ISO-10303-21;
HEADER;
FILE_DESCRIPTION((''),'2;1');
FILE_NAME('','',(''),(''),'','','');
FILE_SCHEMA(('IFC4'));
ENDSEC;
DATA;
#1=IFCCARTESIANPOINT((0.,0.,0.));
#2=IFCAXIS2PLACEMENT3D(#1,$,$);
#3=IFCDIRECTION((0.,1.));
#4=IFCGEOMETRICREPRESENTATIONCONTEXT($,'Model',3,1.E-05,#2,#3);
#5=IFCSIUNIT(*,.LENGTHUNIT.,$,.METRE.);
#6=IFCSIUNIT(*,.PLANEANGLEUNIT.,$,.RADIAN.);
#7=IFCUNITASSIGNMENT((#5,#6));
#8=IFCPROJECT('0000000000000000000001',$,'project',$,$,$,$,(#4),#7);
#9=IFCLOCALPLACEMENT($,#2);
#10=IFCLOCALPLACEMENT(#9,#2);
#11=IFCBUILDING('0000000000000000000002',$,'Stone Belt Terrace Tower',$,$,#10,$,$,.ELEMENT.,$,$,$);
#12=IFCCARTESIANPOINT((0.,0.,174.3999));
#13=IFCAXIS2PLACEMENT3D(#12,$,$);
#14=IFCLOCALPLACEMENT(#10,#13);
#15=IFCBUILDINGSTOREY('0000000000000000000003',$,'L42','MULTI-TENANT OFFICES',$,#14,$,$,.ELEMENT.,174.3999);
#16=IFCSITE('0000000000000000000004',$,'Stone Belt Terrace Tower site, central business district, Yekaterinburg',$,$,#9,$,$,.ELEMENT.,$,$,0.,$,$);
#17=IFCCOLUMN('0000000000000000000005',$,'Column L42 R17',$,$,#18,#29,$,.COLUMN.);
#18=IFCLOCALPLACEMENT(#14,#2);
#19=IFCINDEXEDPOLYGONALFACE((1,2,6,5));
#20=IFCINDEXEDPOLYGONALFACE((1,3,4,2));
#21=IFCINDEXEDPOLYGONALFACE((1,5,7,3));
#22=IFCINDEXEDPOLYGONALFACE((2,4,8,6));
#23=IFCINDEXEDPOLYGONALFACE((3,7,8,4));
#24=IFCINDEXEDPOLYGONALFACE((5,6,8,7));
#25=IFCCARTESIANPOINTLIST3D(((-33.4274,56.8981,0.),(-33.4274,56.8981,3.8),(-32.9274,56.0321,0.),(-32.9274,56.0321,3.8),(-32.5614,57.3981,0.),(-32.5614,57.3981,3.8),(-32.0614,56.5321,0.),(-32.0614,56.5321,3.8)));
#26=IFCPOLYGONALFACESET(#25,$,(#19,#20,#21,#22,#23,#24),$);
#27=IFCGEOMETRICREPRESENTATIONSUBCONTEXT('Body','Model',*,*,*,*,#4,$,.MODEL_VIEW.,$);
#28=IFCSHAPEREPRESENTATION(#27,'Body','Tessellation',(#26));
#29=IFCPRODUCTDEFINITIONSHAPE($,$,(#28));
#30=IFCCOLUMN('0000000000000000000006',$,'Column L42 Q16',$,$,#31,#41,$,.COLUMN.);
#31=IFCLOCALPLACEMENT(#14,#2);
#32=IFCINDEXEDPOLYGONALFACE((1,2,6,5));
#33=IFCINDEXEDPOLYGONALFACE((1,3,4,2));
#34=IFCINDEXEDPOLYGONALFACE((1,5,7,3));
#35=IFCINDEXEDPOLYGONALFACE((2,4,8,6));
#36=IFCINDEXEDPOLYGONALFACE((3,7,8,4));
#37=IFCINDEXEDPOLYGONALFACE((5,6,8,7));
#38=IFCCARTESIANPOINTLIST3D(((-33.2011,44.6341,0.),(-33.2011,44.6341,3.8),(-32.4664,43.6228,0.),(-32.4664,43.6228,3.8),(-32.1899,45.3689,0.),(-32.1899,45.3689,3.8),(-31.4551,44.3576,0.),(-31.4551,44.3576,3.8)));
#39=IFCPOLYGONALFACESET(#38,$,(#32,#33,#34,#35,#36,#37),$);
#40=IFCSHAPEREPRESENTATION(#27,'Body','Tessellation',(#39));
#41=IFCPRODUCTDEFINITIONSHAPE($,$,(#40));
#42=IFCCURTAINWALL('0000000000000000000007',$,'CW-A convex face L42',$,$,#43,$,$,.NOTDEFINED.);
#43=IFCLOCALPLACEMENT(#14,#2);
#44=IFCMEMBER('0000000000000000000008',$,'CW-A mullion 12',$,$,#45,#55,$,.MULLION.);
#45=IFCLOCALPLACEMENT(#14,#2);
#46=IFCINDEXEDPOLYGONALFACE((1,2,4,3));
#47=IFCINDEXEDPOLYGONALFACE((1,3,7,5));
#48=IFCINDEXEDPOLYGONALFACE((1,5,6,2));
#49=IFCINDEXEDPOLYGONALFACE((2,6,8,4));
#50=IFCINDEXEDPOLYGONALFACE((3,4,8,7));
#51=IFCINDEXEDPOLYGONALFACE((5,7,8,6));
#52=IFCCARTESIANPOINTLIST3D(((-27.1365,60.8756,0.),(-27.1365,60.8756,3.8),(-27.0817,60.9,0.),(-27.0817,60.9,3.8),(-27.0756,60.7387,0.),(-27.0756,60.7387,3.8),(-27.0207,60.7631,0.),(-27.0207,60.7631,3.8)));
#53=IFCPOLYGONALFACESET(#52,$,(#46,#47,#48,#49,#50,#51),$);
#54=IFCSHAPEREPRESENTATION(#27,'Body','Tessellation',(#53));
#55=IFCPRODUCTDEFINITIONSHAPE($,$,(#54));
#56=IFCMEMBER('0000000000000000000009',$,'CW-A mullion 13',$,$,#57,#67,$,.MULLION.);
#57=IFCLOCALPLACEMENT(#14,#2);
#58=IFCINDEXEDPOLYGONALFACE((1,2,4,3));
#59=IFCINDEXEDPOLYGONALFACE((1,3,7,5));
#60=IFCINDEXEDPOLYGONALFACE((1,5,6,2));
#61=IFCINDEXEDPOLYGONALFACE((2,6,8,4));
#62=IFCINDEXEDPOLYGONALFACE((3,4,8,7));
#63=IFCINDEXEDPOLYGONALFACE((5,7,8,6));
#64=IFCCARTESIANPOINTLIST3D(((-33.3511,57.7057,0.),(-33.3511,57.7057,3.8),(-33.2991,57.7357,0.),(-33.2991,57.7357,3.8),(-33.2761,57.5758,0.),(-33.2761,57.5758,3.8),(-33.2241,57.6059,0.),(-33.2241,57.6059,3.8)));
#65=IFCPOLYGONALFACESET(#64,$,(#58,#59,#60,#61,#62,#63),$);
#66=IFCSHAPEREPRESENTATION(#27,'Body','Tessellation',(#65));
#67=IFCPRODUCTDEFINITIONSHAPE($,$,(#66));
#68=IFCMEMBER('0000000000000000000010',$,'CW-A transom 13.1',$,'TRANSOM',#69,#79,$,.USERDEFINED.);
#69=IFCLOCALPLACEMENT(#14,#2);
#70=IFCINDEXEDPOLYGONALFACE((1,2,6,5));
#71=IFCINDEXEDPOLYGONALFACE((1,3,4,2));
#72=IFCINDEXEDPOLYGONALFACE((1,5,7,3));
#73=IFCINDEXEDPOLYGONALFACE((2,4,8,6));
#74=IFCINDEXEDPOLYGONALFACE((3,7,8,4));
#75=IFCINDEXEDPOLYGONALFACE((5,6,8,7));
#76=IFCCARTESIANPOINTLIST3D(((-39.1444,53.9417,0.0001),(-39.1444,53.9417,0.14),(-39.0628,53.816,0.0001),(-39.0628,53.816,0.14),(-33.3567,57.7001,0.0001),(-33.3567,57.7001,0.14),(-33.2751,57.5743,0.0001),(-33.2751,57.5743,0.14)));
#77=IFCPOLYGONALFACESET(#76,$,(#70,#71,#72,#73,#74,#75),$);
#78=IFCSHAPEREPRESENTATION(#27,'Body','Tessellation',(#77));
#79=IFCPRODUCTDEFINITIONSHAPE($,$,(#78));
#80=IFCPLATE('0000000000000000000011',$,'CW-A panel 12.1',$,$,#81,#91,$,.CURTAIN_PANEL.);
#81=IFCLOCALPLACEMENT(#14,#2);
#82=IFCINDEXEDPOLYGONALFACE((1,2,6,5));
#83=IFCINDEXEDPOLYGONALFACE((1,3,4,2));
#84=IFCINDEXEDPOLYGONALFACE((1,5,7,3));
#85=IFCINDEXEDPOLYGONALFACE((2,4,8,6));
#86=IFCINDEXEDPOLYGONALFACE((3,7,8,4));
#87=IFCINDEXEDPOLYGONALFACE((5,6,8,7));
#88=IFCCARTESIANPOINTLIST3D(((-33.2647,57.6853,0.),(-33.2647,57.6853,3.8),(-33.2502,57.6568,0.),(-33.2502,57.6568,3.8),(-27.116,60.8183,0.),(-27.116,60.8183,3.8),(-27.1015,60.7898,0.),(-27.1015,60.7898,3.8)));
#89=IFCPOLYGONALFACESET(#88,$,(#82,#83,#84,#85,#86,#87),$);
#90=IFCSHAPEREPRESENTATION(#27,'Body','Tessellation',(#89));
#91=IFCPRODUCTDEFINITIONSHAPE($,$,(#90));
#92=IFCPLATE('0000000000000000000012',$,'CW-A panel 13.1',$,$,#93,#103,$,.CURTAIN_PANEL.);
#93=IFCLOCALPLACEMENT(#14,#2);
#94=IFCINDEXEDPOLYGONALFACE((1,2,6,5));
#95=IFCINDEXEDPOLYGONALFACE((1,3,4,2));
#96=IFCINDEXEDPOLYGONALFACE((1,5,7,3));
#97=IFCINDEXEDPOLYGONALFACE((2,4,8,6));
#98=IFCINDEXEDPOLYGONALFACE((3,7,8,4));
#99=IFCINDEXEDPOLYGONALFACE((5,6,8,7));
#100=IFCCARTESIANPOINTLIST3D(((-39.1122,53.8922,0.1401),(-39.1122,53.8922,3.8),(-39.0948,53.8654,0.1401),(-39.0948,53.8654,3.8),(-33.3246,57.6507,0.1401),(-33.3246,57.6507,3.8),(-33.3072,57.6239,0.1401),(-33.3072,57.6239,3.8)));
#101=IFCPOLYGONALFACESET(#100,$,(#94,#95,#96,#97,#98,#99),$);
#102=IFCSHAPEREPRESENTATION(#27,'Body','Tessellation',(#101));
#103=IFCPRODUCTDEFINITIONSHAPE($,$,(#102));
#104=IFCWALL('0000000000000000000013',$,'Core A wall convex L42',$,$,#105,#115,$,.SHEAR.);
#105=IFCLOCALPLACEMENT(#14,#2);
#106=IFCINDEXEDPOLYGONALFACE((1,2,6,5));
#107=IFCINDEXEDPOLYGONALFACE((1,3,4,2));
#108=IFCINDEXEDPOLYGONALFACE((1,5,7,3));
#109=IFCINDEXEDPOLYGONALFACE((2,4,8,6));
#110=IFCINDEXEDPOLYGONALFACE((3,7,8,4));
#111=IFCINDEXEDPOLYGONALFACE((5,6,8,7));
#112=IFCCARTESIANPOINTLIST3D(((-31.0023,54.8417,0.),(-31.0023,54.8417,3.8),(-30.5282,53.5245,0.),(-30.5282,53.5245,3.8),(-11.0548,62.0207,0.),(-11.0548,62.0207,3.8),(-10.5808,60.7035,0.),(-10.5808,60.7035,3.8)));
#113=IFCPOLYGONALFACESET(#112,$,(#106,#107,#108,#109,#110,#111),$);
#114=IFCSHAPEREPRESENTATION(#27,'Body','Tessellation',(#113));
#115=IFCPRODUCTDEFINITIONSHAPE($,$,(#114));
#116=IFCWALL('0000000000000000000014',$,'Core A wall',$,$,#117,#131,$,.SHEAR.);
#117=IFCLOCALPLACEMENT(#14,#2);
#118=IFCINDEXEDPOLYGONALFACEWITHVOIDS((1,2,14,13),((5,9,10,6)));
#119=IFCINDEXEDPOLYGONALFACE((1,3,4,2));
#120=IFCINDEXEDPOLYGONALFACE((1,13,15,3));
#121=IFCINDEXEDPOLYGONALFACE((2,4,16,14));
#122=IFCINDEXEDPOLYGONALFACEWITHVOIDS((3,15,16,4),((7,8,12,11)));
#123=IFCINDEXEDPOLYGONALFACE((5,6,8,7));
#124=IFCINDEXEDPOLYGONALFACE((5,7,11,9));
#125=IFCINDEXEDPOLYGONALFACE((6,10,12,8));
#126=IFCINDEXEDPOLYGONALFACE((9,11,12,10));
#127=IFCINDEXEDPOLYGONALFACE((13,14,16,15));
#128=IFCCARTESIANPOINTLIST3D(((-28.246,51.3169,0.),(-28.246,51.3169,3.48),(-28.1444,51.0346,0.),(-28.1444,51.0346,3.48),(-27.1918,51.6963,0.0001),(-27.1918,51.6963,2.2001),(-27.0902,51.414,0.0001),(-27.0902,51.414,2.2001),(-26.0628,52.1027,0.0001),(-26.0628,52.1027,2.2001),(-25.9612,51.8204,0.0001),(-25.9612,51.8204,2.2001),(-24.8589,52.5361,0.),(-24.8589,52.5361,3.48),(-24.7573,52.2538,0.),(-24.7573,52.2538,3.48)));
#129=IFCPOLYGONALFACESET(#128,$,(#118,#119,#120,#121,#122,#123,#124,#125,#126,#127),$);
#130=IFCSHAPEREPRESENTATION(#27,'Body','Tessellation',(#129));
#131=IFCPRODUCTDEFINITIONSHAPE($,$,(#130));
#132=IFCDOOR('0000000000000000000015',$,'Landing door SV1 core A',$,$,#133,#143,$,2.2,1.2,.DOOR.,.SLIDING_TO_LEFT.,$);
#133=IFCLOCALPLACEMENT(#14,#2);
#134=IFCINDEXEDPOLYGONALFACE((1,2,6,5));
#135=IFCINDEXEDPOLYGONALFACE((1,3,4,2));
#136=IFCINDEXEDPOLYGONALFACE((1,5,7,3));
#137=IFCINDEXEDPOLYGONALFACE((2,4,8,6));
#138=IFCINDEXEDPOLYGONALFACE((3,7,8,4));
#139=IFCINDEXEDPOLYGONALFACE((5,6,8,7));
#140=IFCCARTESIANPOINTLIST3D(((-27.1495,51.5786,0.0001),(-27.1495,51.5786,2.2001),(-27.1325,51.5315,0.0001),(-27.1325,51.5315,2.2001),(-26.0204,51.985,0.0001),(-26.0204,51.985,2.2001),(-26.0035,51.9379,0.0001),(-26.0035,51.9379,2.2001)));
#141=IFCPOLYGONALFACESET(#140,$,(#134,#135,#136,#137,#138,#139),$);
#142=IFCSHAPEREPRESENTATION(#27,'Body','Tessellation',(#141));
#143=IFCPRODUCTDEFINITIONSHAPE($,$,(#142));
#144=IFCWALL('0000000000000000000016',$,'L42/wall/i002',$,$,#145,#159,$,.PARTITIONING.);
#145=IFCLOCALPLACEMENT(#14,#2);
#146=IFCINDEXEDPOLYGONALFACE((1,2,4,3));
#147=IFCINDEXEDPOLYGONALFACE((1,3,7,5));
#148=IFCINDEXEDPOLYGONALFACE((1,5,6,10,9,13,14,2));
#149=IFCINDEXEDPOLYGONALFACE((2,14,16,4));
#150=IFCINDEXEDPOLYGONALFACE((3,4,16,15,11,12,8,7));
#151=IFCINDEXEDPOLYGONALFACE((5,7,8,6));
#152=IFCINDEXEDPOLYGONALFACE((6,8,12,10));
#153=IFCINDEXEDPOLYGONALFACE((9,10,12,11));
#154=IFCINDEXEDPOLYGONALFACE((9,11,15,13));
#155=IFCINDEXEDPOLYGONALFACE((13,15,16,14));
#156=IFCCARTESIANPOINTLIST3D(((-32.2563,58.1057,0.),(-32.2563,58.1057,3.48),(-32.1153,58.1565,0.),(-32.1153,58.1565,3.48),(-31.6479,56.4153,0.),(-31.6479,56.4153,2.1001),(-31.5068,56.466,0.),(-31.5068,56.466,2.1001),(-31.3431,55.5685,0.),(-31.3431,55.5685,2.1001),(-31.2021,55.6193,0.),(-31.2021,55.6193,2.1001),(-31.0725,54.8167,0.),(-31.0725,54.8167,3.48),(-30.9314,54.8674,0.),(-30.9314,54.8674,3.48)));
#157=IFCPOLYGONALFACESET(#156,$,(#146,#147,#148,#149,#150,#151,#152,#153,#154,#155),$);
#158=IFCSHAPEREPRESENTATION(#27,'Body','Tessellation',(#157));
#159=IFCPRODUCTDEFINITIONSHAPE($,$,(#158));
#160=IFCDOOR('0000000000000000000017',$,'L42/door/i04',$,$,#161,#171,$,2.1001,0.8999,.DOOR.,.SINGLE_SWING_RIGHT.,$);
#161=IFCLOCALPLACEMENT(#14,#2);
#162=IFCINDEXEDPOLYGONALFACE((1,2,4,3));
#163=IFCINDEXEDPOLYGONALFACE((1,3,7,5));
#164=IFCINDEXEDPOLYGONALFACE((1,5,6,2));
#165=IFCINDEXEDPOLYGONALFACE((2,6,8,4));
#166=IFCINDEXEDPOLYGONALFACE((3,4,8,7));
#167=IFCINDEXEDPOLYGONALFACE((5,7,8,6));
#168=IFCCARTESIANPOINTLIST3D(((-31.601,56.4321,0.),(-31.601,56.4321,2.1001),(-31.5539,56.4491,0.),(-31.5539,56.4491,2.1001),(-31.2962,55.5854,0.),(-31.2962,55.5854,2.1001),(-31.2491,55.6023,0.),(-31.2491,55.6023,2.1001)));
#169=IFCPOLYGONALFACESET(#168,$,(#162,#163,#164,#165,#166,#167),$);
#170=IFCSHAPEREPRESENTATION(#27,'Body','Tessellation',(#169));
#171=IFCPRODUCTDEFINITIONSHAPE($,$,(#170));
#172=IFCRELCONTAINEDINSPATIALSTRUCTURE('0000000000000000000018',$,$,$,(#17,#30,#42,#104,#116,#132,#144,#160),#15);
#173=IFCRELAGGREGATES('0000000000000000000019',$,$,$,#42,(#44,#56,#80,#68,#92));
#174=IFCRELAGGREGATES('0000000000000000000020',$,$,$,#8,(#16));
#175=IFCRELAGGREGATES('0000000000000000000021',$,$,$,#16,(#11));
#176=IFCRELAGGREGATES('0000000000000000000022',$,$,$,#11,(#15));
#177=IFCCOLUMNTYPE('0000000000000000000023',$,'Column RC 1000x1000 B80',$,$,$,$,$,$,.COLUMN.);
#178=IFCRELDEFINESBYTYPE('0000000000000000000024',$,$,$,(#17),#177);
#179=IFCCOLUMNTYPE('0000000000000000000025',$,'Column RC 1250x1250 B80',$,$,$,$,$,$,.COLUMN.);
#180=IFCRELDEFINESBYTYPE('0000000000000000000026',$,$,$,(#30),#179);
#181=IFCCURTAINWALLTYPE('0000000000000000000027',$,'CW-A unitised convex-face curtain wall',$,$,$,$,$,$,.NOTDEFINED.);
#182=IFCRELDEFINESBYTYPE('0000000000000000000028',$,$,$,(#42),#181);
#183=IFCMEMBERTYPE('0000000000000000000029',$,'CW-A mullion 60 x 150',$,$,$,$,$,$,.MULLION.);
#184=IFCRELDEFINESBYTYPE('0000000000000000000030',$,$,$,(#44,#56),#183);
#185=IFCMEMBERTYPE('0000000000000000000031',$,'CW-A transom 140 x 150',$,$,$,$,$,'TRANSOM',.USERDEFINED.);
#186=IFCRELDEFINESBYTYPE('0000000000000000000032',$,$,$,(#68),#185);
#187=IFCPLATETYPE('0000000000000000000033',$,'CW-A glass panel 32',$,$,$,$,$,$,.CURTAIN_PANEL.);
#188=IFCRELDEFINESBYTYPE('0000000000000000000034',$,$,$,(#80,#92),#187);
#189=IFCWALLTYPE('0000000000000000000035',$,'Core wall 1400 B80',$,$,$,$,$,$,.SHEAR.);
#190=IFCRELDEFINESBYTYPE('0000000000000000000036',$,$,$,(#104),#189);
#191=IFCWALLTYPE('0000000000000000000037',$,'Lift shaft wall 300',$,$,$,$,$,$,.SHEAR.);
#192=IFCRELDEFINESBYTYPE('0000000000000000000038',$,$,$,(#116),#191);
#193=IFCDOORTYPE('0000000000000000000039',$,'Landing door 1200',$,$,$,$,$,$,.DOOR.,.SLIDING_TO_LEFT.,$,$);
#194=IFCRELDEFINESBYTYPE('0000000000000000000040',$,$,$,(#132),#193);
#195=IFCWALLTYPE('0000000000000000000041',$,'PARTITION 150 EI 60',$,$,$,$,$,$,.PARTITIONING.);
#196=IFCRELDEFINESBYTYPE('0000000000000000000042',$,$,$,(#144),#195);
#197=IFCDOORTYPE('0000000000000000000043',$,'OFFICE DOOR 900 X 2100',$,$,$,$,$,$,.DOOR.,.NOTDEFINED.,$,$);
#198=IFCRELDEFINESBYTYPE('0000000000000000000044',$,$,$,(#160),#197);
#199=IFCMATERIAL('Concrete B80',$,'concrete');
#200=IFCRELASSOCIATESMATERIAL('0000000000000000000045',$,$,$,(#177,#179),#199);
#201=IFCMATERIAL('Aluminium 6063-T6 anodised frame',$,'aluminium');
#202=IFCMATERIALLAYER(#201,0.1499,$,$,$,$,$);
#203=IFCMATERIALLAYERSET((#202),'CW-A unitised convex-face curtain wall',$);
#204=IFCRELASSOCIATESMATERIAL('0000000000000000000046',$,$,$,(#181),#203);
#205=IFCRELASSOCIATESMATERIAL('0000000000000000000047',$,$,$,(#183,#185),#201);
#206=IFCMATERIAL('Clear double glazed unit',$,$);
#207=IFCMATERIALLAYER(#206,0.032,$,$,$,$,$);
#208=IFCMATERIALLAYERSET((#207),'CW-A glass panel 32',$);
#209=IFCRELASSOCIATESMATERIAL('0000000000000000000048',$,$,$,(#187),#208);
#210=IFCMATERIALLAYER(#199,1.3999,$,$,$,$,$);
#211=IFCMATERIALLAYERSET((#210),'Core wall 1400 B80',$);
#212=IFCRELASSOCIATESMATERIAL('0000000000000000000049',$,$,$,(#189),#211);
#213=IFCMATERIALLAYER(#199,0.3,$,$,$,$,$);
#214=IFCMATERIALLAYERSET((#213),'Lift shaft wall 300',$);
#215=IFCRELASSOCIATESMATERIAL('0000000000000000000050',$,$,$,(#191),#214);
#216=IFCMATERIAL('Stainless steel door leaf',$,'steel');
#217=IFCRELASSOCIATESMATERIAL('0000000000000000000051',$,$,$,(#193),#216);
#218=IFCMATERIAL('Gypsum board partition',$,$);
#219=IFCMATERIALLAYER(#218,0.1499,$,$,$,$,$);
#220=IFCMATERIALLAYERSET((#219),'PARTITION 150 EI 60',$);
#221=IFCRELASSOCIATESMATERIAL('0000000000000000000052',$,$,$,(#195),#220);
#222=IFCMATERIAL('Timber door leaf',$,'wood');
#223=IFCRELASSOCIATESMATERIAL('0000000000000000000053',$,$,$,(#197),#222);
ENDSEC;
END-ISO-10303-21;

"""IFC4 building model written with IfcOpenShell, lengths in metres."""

from ifc_helpers import new_model, si_unit, direction, frame, frame_2d, origin, origin_2d, place, context, subcontext, project, spatial, rectangle, extrude, material, layer, layer_set, material_profile, profile_set, type_object, element, fill, aggregate, save


model = new_model("IFC4")

# Units and contexts
model_context = context("Model", 3, precision=1e-05, world=origin(), true_north=direction((0.0, 1.0)))
body_context = subcontext(model_context, "Body", "Model", "MODEL_VIEW")
ifc_project = project(units=[si_unit("LENGTHUNIT", "METRE"), si_unit("PLANEANGLEUNIT", "RADIAN")], contexts=[model_context])

# Site, building, storey
site_placement = place(None, origin())
site = spatial("IfcSite", under=ifc_project, at=site_placement, Name="Stone Belt Terrace Tower site, central business district, Yekaterinburg", CompositionType="ELEMENT", RefElevation=0.0)
building_placement = place(site_placement, origin())
building = spatial("IfcBuilding", under=site, at=building_placement, Name="Stone Belt Terrace Tower", CompositionType="ELEMENT")
storey_placement = place(building_placement, frame((0.0, 0.0, 174.3999)))
storey = spatial("IfcBuildingStorey", under=building, at=storey_placement, Name="L42", Description="MULTI-TENANT OFFICES", CompositionType="ELEMENT", Elevation=174.3999)

# Columns
ifc_material_1 = material(Name="Concrete B80", Category="concrete")
ifc_material_profile_1 = material_profile(ifc_material_1, rectangle(XDim=1.0, YDim=1.0, at=origin_2d()), Name="RC 1000x1000")
ifc_profile_set_1 = profile_set([ifc_material_profile_1], Name="Concrete B80")
column_type_1 = type_object("IfcColumnType", Name="Column RC 1000x1000 B80", PredefinedType="COLUMN", material=ifc_profile_set_1)
column_1_placement = place(storey_placement, frame((-32.7444, 56.7151, 0.0), z_axis=(0.0, 0.0, 1.0), x_axis=(0.866025, 0.5, 0.0)))
element("IfcColumn", 1, at=column_1_placement, inside=storey, type_object=column_type_1, Name="Column L42 R17", PredefinedType="COLUMN", context=body_context, shape_type="SweptSolid", body=[
    extrude(rectangle(XDim=1.0, YDim=1.0, at=origin_2d()), origin(), (0.0, 0.0, 1.0), 3.8),
])
ifc_material_profile_2 = material_profile(ifc_material_1, rectangle(XDim=1.25, YDim=1.25, at=origin_2d()), Name="RC 1250x1250")
ifc_profile_set_2 = profile_set([ifc_material_profile_2], Name="Concrete B80")
column_type_2 = type_object("IfcColumnType", Name="Column RC 1250x1250 B80", PredefinedType="COLUMN", material=ifc_profile_set_2)
column_2_placement = place(storey_placement, frame((-32.3281, 44.4958, 0.0), z_axis=(0.0, 0.0, 1.0), x_axis=(0.809017, 0.587785, 0.0)))
element("IfcColumn", 2, at=column_2_placement, inside=storey, type_object=column_type_2, Name="Column L42 Q16", PredefinedType="COLUMN", context=body_context, shape_type="SweptSolid", body=[
    extrude(rectangle(XDim=1.25, YDim=1.25, at=origin_2d()), origin(), (0.0, 0.0, 1.0), 3.8),
])

# Curtain wall, members, plates
ifc_material_2 = material(Name="Aluminium 6063-T6 anodised frame", Category="aluminium")
ifc_layer_1 = layer(ifc_material_2, 0.1499)
ifc_layer_set_1 = layer_set([ifc_layer_1], Name="CW-A unitised convex-face curtain wall")
curtain_wall_type = type_object("IfcCurtainWallType", Name="CW-A unitised convex-face curtain wall", PredefinedType="NOTDEFINED", material=ifc_layer_set_1)
curtain_wall_placement = place(storey_placement, origin())
curtain_wall = element("IfcCurtainWall", 3, at=curtain_wall_placement, inside=storey, type_object=curtain_wall_type, Name="CW-A convex face L42", PredefinedType="NOTDEFINED")
ifc_material_profile_3 = material_profile(ifc_material_2, rectangle(XDim=0.1499, YDim=0.0601, at=origin_2d()), Name="Aluminium 6063-T6 60x150")
ifc_profile_set_3 = profile_set([ifc_material_profile_3], Name="Aluminium 6063-T6 anodised frame")
member_type_1 = type_object("IfcMemberType", Name="CW-A mullion 60 x 150", PredefinedType="MULLION", material=ifc_profile_set_3)
member_1_placement = place(storey_placement, frame((-27.0786, 60.8193, 0.0), z_axis=(0.0, 0.0, 1.0), x_axis=(0.406737, -0.913545, 0.0)))
member_1 = element("IfcMember", 4, at=member_1_placement, type_object=member_type_1, Name="CW-A mullion 12", PredefinedType="MULLION", context=body_context, shape_type="SweptSolid", body=[
    extrude(rectangle(XDim=0.1499, YDim=0.0601, at=origin_2d()), origin(), (0.0, 0.0, 1.0), 3.8),
])
member_2_placement = place(storey_placement, frame((-33.2876, 57.6558, 0.0), z_axis=(0.0, 0.0, 1.0), x_axis=(0.5, -0.866025, 0.0)))
member_2 = element("IfcMember", 5, at=member_2_placement, type_object=member_type_1, Name="CW-A mullion 13", PredefinedType="MULLION", context=body_context, shape_type="SweptSolid", body=[
    extrude(rectangle(XDim=0.1499, YDim=0.0601, at=origin_2d()), origin(), (0.0, 0.0, 1.0), 3.8),
])
ifc_material_profile_4 = material_profile(ifc_material_2, rectangle(XDim=0.1499, YDim=0.1399, at=origin_2d()), Name="Aluminium 6063-T6 150x140")
ifc_profile_set_4 = profile_set([ifc_material_profile_4], Name="Aluminium 6063-T6 anodised frame")
member_type_2 = type_object("IfcMemberType", Name="CW-A transom 140 x 150", ElementType="TRANSOM", PredefinedType="USERDEFINED", material=ifc_profile_set_4)
member_3_placement = place(storey_placement, frame((-33.3159, 57.6372, 0.0701), z_axis=(-0.838684, -0.544618, 0.0), x_axis=(0.544618, -0.838684, 0.0)))
member_3 = element("IfcMember", 6, at=member_3_placement, type_object=member_type_2, Name="CW-A transom 13.1", ObjectType="TRANSOM", PredefinedType="USERDEFINED", context=body_context, shape_type="SweptSolid", body=[
    extrude(rectangle(XDim=0.1499, YDim=0.1399, at=origin_2d()), origin(), (0.0, 0.0, 1.0), 6.9009),
])
ifc_material_3 = material(Name="Clear double glazed unit")
ifc_layer_2 = layer(ifc_material_3, 0.032)
ifc_layer_set_2 = layer_set([ifc_layer_2], Name="CW-A glass panel 32")
plate_type = type_object("IfcPlateType", Name="CW-A glass panel 32", PredefinedType="CURTAIN_PANEL", material=ifc_layer_set_2)
plate_1_placement = place(storey_placement, frame((-30.1831, 59.2375, 0.0), z_axis=(0.0, 0.0, 1.0), x_axis=(-0.891007, -0.45399, 0.0)))
plate_1 = element("IfcPlate", 7, at=plate_1_placement, type_object=plate_type, Name="CW-A panel 12.1", PredefinedType="CURTAIN_PANEL", context=body_context, shape_type="SweptSolid", body=[
    extrude(rectangle(XDim=6.9009, YDim=0.032, at=origin_2d()), origin(), (0.0, 0.0, 1.0), 3.8),
])
plate_2_placement = place(storey_placement, frame((-36.2097, 55.7581, 0.1401), z_axis=(0.0, 0.0, 1.0), x_axis=(-0.838671, -0.544639, 0.0)))
plate_2 = element("IfcPlate", 8, at=plate_2_placement, type_object=plate_type, Name="CW-A panel 13.1", PredefinedType="CURTAIN_PANEL", context=body_context, shape_type="SweptSolid", body=[
    extrude(rectangle(XDim=6.9009, YDim=0.032, at=origin_2d()), origin(), (0.0, 0.0, 1.0), 3.6599),
])
aggregate(curtain_wall, [member_1, member_2, plate_1, member_3, plate_2])

# Wall
ifc_layer_3 = layer(ifc_material_1, 1.3999)
ifc_layer_set_3 = layer_set([ifc_layer_3], Name="Core wall 1400 B80")
wall_type_1 = type_object("IfcWallType", Name="Core wall 1400 B80", PredefinedType="SHEAR", material=ifc_layer_set_3)
wall_1_placement = place(storey_placement, frame((-30.7654, 54.1831, 0.0), z_axis=(0.0, 0.0, 1.0), x_axis=(0.94092, 0.33863, 0.0)))
element("IfcWall", 9, at=wall_1_placement, inside=storey, type_object=wall_type_1, Name="Core A wall convex L42", PredefinedType="SHEAR", context=body_context, shape_type="SweptSolid", body=[
    extrude(rectangle(XDim=21.2, YDim=1.3999, at=frame_2d((10.6001, 0.0))), origin(), (0.0, 0.0, 1.0), 3.8),
])

# Walls, openings, doors
ifc_layer_4 = layer(ifc_material_1, 0.3)
ifc_layer_set_4 = layer_set([ifc_layer_4], Name="Lift shaft wall 300")
wall_type_2 = type_object("IfcWallType", Name="Lift shaft wall 300", PredefinedType="SHEAR", material=ifc_layer_set_4)
wall_2_placement = place(storey_placement, frame((-28.1951, 51.1758, 0.0), z_axis=(0.0, 0.0, 1.0), x_axis=(0.940901, 0.338681, 0.0)))
wall_2 = element("IfcWall", 10, at=wall_2_placement, inside=storey, type_object=wall_type_2, Name="Core A wall", PredefinedType="SHEAR", context=body_context, shape_type="SweptSolid", body=[
    extrude(rectangle(XDim=3.5999, YDim=0.3, at=frame_2d((1.7998, 0.0))), origin(), (0.0, 0.0, 1.0), 3.48),
])
opening_1_placement = place(wall_2_placement, frame((1.1201, 0.0, 0.0)))
opening_1 = element("IfcOpeningElement", 11, at=opening_1_placement, cuts=wall_2, PredefinedType="OPENING", context=body_context, shape_type="SweptSolid", body=[
    extrude(rectangle(XDim=1.2, YDim=2.2, at=frame_2d((0.6001, 1.1001))), frame((0.0, 0.1599, 0.0), z_axis=(0.0, -1.0, 0.0), x_axis=(1.0, 0.0, 0.0)), (0.0, 0.0, 1.0), 0.3201),
])
ifc_material_4 = material(Name="Stainless steel door leaf", Category="steel")
door_type_1 = type_object("IfcDoorType", Name="Landing door 1200", OperationType="SLIDING_TO_LEFT", PredefinedType="DOOR", material=ifc_material_4)
door_1_placement = place(opening_1_placement, origin())
door_1 = element("IfcDoor", 12, at=door_1_placement, inside=storey, type_object=door_type_1, Name="Landing door SV1 core A", OperationType="SLIDING_TO_LEFT", OverallHeight=2.2, OverallWidth=1.2, PredefinedType="DOOR", context=body_context, shape_type="SweptSolid", body=[
    extrude(rectangle(XDim=1.2, YDim=2.2, at=frame_2d((0.6001, 1.1001))), frame((0.0, 0.0249, 0.0), z_axis=(0.0, -1.0, 0.0), x_axis=(1.0, 0.0, 0.0)), (0.0, 0.0, 1.0), 0.05),
])
fill(opening_1, door_1)
ifc_material_5 = material(Name="Gypsum board partition")
ifc_layer_5 = layer(ifc_material_5, 0.1499)
ifc_layer_set_5 = layer_set([ifc_layer_5], Name="PARTITION 150 EI 60")
wall_type_3 = type_object("IfcWallType", Name="PARTITION 150 EI 60", PredefinedType="PARTITIONING", material=ifc_layer_set_5)
wall_3_placement = place(storey_placement, frame((-32.1858, 58.1311, 0.0), z_axis=(0.0, 0.0, 1.0), x_axis=(0.338663, -0.940908, 0.0)))
wall_3 = element("IfcWall", 13, at=wall_3_placement, inside=storey, type_object=wall_type_3, Name="L42/wall/i002", PredefinedType="PARTITIONING", context=body_context, shape_type="SweptSolid", body=[
    extrude(rectangle(XDim=3.4956, YDim=0.1499, at=frame_2d((1.7478, 0.0))), origin(), (0.0, 0.0, 1.0), 3.48),
])
opening_2_placement = place(wall_3_placement, frame((1.7966, 0.0, 0.0)))
opening_2 = element("IfcOpeningElement", 14, at=opening_2_placement, cuts=wall_3, PredefinedType="OPENING", context=body_context, shape_type="SweptSolid", body=[
    extrude(rectangle(XDim=0.8999, YDim=2.1001, at=frame_2d((0.45, 1.05))), frame((0.0, 0.085, 0.0), z_axis=(0.0, -1.0, 0.0), x_axis=(1.0, 0.0, 0.0)), (0.0, 0.0, 1.0), 0.1699),
])
ifc_material_6 = material(Name="Timber door leaf", Category="wood")
door_type_2 = type_object("IfcDoorType", Name="OFFICE DOOR 900 X 2100", OperationType="NOTDEFINED", PredefinedType="DOOR", material=ifc_material_6)
door_2_placement = place(opening_2_placement, origin())
door_2 = element("IfcDoor", 15, at=door_2_placement, inside=storey, type_object=door_type_2, Name="L42/door/i04", OperationType="SINGLE_SWING_RIGHT", OverallHeight=2.1001, OverallWidth=0.8999, PredefinedType="DOOR", context=body_context, shape_type="SweptSolid", body=[
    extrude(rectangle(XDim=0.8999, YDim=2.1001, at=frame_2d((0.45, 1.05))), frame((0.0, 0.0249, 0.0), z_axis=(0.0, -1.0, 0.0), x_axis=(1.0, 0.0, 0.0)), (0.0, 0.0, 1.0), 0.05),
])
fill(opening_2, door_2)

save(model, "model.ifc")
